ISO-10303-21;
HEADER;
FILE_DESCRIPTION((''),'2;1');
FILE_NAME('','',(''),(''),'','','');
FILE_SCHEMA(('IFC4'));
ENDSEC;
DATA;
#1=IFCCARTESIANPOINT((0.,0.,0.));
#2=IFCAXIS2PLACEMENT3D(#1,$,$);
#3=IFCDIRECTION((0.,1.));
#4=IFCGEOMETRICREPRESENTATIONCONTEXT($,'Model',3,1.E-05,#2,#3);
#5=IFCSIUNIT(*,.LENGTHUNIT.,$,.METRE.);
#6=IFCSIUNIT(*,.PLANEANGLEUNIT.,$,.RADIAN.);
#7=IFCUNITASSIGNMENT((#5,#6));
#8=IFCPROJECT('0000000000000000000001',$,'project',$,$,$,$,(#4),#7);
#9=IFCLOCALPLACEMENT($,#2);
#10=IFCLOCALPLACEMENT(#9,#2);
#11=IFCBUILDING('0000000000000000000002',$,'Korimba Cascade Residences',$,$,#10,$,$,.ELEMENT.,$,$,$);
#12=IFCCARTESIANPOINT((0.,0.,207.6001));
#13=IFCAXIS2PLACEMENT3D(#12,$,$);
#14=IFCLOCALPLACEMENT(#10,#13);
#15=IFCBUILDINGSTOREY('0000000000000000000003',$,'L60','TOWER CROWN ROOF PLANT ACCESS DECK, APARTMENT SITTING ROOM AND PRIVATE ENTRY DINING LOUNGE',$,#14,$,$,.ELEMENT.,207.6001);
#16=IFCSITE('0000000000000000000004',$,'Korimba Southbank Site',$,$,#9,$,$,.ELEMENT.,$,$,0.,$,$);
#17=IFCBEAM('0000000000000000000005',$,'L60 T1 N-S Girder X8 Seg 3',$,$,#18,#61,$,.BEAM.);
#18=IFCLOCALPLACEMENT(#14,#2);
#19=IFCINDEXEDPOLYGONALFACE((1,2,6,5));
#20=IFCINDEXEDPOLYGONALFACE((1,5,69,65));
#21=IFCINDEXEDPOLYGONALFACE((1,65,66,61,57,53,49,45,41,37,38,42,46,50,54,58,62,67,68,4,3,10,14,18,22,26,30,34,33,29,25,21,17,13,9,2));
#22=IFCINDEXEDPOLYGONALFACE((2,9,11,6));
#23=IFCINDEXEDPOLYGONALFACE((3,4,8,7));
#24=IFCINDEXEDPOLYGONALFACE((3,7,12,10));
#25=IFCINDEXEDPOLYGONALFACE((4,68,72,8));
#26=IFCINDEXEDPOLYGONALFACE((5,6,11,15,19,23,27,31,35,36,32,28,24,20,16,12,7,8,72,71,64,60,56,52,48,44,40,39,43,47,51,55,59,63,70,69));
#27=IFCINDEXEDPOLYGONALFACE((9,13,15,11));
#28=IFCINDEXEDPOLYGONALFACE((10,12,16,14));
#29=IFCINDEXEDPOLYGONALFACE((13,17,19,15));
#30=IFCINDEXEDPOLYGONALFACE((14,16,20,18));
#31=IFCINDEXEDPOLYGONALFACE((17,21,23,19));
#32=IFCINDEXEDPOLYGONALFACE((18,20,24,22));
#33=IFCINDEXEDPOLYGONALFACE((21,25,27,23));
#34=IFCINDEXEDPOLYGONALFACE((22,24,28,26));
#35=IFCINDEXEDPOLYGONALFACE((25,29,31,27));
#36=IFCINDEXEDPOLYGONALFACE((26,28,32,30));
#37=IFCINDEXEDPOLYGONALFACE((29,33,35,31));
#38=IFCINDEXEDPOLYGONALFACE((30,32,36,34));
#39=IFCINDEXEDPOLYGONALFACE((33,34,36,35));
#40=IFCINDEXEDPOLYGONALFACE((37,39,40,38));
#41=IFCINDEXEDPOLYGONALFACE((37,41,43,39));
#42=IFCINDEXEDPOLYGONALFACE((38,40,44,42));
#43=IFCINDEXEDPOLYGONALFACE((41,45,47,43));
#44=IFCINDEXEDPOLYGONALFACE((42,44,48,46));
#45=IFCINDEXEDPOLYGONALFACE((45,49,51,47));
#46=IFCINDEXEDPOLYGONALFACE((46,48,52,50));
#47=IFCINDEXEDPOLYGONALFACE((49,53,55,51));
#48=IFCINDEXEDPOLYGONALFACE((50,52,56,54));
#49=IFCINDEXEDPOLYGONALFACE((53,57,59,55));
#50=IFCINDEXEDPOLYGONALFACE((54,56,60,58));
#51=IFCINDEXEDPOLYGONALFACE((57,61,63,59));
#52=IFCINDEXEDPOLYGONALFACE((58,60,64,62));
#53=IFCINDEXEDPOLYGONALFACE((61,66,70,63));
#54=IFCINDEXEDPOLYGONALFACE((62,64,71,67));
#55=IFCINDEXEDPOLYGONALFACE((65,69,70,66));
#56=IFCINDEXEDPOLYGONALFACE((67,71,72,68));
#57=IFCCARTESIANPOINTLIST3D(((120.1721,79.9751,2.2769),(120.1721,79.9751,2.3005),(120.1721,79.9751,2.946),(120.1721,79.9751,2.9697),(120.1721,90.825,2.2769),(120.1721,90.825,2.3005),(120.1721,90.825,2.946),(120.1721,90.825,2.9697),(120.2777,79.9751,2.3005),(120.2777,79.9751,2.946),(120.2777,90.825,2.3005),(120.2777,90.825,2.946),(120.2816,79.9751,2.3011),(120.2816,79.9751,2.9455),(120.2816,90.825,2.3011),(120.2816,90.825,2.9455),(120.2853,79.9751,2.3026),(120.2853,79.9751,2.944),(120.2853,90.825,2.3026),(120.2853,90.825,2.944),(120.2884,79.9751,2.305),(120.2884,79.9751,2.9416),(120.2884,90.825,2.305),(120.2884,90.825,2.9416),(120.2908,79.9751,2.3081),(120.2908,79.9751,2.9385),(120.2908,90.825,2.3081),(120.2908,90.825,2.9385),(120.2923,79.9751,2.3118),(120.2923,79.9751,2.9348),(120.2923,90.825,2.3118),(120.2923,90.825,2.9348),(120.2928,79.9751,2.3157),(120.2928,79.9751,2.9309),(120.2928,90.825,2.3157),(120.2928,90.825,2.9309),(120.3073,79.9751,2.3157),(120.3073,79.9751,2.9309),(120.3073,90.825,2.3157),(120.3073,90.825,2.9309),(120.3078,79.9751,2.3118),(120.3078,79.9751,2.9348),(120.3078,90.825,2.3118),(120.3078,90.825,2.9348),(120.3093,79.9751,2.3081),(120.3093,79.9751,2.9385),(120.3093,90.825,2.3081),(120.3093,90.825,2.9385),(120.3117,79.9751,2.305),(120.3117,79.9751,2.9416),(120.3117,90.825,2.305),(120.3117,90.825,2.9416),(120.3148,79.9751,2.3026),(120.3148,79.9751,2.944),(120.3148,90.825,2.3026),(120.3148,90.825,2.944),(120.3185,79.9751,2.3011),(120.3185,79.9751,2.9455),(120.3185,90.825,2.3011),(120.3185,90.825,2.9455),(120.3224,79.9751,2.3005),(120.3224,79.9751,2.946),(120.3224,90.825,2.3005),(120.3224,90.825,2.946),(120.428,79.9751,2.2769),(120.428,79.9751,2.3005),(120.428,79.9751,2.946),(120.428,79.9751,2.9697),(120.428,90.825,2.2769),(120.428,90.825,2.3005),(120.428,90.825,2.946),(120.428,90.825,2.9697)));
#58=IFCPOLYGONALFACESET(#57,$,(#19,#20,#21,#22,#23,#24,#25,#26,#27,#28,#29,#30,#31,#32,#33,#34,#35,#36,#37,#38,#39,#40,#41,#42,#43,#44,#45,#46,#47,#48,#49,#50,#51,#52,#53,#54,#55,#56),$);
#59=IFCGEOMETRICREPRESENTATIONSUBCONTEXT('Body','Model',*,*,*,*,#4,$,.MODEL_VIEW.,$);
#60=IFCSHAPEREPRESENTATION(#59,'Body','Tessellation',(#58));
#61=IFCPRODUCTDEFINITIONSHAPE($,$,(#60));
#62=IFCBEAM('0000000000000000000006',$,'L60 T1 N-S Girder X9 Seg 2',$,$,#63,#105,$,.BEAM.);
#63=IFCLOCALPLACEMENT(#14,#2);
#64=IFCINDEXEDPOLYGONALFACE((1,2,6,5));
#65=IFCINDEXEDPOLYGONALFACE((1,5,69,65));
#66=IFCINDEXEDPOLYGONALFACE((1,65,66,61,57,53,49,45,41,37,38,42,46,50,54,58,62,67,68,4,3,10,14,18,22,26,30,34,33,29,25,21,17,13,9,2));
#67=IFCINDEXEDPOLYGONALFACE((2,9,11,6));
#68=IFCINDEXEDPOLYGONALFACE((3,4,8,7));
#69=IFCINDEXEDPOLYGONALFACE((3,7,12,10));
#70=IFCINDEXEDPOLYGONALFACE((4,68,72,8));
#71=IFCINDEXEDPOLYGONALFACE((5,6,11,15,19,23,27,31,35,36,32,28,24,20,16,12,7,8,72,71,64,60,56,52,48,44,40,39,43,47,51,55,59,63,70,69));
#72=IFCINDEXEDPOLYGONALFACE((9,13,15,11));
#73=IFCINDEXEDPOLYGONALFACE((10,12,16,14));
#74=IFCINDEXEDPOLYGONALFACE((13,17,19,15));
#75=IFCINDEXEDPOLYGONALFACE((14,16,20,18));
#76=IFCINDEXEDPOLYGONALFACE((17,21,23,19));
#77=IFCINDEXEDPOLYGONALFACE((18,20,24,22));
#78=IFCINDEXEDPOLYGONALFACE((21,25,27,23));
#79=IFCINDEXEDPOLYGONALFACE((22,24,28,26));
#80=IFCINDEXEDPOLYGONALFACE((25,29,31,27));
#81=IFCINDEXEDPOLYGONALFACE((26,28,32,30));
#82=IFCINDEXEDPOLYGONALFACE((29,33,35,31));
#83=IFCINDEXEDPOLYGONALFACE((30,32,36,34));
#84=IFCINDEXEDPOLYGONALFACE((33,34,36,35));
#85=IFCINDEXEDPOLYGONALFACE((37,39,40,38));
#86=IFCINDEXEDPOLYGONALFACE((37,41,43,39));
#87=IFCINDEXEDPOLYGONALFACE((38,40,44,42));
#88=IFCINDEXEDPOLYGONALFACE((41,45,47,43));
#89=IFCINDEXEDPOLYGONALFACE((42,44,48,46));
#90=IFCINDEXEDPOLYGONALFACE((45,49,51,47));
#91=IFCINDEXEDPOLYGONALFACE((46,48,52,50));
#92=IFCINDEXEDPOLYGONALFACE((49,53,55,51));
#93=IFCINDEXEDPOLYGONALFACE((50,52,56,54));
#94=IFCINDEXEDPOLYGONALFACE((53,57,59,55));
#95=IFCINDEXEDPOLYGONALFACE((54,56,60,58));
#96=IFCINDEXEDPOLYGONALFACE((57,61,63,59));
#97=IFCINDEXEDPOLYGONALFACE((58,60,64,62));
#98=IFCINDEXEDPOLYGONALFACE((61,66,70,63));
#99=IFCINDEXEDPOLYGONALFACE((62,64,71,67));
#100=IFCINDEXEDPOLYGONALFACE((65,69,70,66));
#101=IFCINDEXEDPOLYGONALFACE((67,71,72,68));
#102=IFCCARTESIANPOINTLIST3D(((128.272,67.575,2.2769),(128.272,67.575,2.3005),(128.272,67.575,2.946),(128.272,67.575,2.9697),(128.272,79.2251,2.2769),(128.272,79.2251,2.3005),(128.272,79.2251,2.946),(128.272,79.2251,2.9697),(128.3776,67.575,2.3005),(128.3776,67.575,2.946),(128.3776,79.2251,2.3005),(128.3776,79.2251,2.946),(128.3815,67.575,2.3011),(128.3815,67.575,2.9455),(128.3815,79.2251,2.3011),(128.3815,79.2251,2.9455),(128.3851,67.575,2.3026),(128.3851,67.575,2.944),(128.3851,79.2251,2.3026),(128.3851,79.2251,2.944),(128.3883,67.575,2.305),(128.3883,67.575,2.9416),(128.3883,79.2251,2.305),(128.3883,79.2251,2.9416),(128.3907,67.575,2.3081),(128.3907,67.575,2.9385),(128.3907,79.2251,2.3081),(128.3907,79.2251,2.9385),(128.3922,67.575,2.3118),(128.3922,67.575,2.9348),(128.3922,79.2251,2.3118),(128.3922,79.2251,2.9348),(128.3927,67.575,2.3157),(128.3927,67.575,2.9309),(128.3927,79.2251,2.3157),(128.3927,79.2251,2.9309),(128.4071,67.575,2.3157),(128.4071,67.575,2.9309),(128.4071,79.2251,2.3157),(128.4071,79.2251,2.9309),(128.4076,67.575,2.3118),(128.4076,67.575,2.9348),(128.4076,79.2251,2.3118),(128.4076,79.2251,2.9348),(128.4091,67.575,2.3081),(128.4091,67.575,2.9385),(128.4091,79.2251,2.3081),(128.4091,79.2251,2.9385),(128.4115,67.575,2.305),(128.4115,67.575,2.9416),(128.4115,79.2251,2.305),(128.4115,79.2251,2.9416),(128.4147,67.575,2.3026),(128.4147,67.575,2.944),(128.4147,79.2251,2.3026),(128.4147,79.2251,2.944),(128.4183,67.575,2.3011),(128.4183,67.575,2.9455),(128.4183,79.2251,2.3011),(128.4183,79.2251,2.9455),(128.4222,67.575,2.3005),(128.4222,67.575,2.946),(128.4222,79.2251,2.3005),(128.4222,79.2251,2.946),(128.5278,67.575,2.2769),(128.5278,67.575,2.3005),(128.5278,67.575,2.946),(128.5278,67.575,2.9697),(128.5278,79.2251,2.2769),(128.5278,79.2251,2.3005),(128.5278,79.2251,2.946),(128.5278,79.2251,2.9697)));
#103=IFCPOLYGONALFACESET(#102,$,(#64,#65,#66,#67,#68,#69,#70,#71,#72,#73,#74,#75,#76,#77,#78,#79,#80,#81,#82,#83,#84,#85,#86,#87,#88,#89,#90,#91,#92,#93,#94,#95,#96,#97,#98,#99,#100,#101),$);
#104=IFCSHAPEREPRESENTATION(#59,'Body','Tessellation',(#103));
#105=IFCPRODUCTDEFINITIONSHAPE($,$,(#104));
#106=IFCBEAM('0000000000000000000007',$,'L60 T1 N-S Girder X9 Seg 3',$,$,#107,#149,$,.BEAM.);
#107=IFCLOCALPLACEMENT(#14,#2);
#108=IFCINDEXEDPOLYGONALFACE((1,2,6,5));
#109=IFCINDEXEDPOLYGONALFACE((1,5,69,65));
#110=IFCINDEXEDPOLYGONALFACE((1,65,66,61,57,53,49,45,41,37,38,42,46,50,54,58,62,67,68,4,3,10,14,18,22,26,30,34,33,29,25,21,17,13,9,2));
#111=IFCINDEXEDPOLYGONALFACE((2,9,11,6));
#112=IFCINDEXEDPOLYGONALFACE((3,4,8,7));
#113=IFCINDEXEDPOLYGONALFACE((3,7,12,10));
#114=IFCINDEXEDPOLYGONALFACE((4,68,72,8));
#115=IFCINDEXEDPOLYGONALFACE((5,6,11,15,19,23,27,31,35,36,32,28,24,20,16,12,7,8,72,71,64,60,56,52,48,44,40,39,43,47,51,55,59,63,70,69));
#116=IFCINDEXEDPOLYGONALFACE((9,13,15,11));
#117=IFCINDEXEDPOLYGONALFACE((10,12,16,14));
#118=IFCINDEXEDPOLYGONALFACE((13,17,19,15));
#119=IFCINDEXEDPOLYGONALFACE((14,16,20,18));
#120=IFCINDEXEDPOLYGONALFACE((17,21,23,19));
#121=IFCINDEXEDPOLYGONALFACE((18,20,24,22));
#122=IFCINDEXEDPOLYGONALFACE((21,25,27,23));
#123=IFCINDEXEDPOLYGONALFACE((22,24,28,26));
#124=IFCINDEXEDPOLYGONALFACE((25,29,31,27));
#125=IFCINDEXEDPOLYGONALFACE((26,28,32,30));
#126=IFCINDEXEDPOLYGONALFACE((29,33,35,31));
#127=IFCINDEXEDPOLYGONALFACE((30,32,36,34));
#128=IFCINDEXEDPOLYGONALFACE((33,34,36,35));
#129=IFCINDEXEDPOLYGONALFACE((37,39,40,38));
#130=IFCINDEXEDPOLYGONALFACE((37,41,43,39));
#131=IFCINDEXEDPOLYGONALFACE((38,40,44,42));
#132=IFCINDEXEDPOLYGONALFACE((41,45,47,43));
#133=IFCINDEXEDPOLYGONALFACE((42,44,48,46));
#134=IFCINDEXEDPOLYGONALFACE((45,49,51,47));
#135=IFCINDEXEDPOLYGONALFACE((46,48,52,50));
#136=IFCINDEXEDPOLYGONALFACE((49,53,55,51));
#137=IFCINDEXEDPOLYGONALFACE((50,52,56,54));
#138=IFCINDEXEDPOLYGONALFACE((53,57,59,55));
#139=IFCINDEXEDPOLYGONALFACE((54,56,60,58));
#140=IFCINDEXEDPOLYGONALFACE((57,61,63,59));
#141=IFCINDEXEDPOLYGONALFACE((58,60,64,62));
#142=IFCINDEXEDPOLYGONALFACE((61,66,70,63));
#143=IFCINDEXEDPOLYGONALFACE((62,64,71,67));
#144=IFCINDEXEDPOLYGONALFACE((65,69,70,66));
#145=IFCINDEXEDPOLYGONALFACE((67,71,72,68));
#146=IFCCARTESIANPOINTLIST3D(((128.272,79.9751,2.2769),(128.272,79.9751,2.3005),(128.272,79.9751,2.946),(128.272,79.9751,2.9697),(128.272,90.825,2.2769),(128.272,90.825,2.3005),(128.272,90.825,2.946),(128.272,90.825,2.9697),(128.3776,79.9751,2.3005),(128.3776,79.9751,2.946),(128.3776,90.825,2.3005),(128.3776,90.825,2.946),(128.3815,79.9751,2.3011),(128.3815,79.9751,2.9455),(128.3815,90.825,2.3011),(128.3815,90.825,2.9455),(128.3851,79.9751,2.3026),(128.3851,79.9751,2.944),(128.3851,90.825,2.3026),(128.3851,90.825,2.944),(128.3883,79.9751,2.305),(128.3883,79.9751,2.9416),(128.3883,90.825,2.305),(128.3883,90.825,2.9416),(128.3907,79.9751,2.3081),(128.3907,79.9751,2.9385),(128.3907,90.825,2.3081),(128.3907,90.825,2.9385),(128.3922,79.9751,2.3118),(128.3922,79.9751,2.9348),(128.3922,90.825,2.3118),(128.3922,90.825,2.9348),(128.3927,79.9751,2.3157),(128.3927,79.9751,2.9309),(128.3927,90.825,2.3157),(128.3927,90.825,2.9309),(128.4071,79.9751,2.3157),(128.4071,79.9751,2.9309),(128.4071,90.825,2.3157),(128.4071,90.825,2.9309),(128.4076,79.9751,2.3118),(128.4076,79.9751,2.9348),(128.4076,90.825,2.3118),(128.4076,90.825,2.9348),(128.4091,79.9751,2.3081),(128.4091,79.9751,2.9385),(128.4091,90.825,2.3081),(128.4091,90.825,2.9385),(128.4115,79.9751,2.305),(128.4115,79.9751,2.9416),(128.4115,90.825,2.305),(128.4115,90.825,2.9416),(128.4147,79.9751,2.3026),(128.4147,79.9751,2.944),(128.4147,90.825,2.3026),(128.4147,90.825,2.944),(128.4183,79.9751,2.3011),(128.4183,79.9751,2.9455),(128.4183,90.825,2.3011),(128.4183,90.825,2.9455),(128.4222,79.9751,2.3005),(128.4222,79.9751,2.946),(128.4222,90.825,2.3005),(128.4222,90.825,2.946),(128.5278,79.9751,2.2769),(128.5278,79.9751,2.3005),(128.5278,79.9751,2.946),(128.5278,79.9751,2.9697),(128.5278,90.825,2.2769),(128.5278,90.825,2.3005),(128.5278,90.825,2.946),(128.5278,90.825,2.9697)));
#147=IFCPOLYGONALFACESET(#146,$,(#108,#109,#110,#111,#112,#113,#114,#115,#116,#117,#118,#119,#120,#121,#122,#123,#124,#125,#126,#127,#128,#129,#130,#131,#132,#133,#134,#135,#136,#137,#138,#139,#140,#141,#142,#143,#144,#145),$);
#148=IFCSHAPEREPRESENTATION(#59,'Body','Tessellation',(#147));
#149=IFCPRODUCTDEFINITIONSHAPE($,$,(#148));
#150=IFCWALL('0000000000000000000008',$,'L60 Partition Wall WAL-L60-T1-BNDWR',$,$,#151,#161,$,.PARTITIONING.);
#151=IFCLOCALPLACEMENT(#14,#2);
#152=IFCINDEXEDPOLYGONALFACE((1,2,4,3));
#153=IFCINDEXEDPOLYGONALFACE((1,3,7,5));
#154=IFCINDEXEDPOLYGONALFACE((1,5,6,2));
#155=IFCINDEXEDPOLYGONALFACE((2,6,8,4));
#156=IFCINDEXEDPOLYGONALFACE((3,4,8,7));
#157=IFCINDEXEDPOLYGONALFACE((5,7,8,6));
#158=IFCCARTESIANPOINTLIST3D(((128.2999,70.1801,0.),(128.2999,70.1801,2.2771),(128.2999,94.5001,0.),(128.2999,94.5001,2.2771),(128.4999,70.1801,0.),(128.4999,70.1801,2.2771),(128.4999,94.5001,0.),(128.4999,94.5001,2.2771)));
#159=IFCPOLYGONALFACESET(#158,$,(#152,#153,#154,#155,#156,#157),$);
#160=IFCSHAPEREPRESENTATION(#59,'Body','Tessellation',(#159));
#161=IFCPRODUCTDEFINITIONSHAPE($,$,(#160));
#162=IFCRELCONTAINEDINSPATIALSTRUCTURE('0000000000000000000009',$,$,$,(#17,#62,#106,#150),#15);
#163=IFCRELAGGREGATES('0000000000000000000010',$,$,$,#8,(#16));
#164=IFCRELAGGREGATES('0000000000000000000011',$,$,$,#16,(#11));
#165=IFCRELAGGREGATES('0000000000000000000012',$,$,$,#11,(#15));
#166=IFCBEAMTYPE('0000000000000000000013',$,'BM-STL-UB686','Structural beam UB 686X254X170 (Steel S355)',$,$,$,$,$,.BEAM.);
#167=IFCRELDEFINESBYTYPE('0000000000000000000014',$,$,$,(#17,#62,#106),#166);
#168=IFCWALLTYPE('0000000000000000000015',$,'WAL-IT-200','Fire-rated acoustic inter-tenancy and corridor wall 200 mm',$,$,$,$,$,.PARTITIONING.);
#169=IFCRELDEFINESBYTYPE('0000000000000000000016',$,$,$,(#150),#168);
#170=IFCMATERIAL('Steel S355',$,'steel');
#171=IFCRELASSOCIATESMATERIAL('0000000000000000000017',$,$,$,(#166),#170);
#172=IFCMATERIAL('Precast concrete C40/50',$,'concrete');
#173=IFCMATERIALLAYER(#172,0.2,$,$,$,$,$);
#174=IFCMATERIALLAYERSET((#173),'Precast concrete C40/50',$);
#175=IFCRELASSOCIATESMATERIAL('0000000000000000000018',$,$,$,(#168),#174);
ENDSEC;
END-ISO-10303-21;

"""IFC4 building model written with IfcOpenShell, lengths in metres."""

from ifc_helpers import new_model, si_unit, direction, frame, frame_2d, origin, origin_2d, place, context, subcontext, project, spatial, rectangle, i_section, extrude, material, layer, layer_set, material_profile, profile_set, type_object, element, save


model = new_model("IFC4")

# Units and contexts
model_context = context("Model", 3, precision=1e-05, world=origin(), true_north=direction((0.0, 1.0)))
body_context = subcontext(model_context, "Body", "Model", "MODEL_VIEW")
ifc_project = project(units=[si_unit("LENGTHUNIT", "METRE"), si_unit("PLANEANGLEUNIT", "RADIAN")], contexts=[model_context])

# Site, building, storey
site_placement = place(None, origin())
site = spatial("IfcSite", under=ifc_project, at=site_placement, Name="Korimba Southbank Site", CompositionType="ELEMENT", RefElevation=0.0)
building_placement = place(site_placement, origin())
building = spatial("IfcBuilding", under=site, at=building_placement, Name="Korimba Cascade Residences", CompositionType="ELEMENT")
storey_placement = place(building_placement, frame((0.0, 0.0, 207.6001)))
storey = spatial("IfcBuildingStorey", under=building, at=storey_placement, Name="L60", Description="TOWER CROWN ROOF PLANT ACCESS DECK, APARTMENT SITTING ROOM AND PRIVATE ENTRY DINING LOUNGE", CompositionType="ELEMENT", Elevation=207.6001)

# Beams
ifc_material_1 = material(Name="Steel S355", Category="steel")
ifc_material_profile_1 = material_profile(ifc_material_1, i_section(OverallWidth=0.2559, OverallDepth=0.6929, WebThickness=0.0144, FlangeThickness=0.0237, FilletRadius=0.0151, at=origin_2d()), Name="Steel S355")
ifc_profile_set_1 = profile_set([ifc_material_profile_1], Name="Steel S355")
beam_type_1 = type_object("IfcBeamType", Name="BM-STL-UB686", Description="Structural beam UB 686X254X170 (Steel S355)", PredefinedType="BEAM", material=ifc_profile_set_1)
beam_1_placement = place(storey_placement, frame((120.3, 79.9751, 2.6233), z_axis=(0.0, 1.0, 0.0), x_axis=(-1.0, 0.0, 0.0)))
element("IfcBeam", 1, at=beam_1_placement, inside=storey, type_object=beam_type_1, Name="L60 T1 N-S Girder X8 Seg 3", PredefinedType="BEAM", context=body_context, shape_type="SweptSolid", body=[
    extrude(i_section(OverallWidth=0.2559, OverallDepth=0.6929, WebThickness=0.0144, FlangeThickness=0.0237, FilletRadius=0.0151, at=origin_2d()), origin(), (0.0, 0.0, 1.0), 10.8499),
])
beam_2_placement = place(storey_placement, frame((128.3999, 67.575, 2.6233), z_axis=(0.0, 1.0, 0.0), x_axis=(-1.0, 0.0, 0.0)))
element("IfcBeam", 2, at=beam_2_placement, inside=storey, type_object=beam_type_1, Name="L60 T1 N-S Girder X9 Seg 2", PredefinedType="BEAM", context=body_context, shape_type="SweptSolid", body=[
    extrude(i_section(OverallWidth=0.2559, OverallDepth=0.6929, WebThickness=0.0144, FlangeThickness=0.0237, FilletRadius=0.0151, at=origin_2d()), origin(), (0.0, 0.0, 1.0), 11.6501),
])
beam_3_placement = place(storey_placement, frame((128.3999, 79.9751, 2.6233), z_axis=(0.0, 1.0, 0.0), x_axis=(-1.0, 0.0, 0.0)))
element("IfcBeam", 3, at=beam_3_placement, inside=storey, type_object=beam_type_1, Name="L60 T1 N-S Girder X9 Seg 3", PredefinedType="BEAM", context=body_context, shape_type="SweptSolid", body=[
    extrude(i_section(OverallWidth=0.2559, OverallDepth=0.6929, WebThickness=0.0144, FlangeThickness=0.0237, FilletRadius=0.0151, at=origin_2d()), origin(), (0.0, 0.0, 1.0), 10.8499),
])

# Wall
ifc_material_2 = material(Name="Precast concrete C40/50", Category="concrete")
ifc_layer_1 = layer(ifc_material_2, 0.2)
ifc_layer_set_1 = layer_set([ifc_layer_1], Name="Precast concrete C40/50")
wall_type_1 = type_object("IfcWallType", Name="WAL-IT-200", Description="Fire-rated acoustic inter-tenancy and corridor wall 200 mm", PredefinedType="PARTITIONING", material=ifc_layer_set_1)
wall_1_placement = place(storey_placement, frame((128.3999, 70.1799, 0.0), z_axis=(0.0, 0.0, 1.0), x_axis=(0.0, 1.0, 0.0)))
element("IfcWall", 4, at=wall_1_placement, inside=storey, type_object=wall_type_1, Name="L60 Partition Wall WAL-L60-T1-BNDWR", PredefinedType="PARTITIONING", context=body_context, shape_type="SweptSolid", body=[
    extrude(rectangle(XDim=24.3201, YDim=0.2, at=frame_2d((12.1602, 0.0))), origin(), (0.0, 0.0, 1.0), 2.2771),
])

save(model, "model.ifc")
